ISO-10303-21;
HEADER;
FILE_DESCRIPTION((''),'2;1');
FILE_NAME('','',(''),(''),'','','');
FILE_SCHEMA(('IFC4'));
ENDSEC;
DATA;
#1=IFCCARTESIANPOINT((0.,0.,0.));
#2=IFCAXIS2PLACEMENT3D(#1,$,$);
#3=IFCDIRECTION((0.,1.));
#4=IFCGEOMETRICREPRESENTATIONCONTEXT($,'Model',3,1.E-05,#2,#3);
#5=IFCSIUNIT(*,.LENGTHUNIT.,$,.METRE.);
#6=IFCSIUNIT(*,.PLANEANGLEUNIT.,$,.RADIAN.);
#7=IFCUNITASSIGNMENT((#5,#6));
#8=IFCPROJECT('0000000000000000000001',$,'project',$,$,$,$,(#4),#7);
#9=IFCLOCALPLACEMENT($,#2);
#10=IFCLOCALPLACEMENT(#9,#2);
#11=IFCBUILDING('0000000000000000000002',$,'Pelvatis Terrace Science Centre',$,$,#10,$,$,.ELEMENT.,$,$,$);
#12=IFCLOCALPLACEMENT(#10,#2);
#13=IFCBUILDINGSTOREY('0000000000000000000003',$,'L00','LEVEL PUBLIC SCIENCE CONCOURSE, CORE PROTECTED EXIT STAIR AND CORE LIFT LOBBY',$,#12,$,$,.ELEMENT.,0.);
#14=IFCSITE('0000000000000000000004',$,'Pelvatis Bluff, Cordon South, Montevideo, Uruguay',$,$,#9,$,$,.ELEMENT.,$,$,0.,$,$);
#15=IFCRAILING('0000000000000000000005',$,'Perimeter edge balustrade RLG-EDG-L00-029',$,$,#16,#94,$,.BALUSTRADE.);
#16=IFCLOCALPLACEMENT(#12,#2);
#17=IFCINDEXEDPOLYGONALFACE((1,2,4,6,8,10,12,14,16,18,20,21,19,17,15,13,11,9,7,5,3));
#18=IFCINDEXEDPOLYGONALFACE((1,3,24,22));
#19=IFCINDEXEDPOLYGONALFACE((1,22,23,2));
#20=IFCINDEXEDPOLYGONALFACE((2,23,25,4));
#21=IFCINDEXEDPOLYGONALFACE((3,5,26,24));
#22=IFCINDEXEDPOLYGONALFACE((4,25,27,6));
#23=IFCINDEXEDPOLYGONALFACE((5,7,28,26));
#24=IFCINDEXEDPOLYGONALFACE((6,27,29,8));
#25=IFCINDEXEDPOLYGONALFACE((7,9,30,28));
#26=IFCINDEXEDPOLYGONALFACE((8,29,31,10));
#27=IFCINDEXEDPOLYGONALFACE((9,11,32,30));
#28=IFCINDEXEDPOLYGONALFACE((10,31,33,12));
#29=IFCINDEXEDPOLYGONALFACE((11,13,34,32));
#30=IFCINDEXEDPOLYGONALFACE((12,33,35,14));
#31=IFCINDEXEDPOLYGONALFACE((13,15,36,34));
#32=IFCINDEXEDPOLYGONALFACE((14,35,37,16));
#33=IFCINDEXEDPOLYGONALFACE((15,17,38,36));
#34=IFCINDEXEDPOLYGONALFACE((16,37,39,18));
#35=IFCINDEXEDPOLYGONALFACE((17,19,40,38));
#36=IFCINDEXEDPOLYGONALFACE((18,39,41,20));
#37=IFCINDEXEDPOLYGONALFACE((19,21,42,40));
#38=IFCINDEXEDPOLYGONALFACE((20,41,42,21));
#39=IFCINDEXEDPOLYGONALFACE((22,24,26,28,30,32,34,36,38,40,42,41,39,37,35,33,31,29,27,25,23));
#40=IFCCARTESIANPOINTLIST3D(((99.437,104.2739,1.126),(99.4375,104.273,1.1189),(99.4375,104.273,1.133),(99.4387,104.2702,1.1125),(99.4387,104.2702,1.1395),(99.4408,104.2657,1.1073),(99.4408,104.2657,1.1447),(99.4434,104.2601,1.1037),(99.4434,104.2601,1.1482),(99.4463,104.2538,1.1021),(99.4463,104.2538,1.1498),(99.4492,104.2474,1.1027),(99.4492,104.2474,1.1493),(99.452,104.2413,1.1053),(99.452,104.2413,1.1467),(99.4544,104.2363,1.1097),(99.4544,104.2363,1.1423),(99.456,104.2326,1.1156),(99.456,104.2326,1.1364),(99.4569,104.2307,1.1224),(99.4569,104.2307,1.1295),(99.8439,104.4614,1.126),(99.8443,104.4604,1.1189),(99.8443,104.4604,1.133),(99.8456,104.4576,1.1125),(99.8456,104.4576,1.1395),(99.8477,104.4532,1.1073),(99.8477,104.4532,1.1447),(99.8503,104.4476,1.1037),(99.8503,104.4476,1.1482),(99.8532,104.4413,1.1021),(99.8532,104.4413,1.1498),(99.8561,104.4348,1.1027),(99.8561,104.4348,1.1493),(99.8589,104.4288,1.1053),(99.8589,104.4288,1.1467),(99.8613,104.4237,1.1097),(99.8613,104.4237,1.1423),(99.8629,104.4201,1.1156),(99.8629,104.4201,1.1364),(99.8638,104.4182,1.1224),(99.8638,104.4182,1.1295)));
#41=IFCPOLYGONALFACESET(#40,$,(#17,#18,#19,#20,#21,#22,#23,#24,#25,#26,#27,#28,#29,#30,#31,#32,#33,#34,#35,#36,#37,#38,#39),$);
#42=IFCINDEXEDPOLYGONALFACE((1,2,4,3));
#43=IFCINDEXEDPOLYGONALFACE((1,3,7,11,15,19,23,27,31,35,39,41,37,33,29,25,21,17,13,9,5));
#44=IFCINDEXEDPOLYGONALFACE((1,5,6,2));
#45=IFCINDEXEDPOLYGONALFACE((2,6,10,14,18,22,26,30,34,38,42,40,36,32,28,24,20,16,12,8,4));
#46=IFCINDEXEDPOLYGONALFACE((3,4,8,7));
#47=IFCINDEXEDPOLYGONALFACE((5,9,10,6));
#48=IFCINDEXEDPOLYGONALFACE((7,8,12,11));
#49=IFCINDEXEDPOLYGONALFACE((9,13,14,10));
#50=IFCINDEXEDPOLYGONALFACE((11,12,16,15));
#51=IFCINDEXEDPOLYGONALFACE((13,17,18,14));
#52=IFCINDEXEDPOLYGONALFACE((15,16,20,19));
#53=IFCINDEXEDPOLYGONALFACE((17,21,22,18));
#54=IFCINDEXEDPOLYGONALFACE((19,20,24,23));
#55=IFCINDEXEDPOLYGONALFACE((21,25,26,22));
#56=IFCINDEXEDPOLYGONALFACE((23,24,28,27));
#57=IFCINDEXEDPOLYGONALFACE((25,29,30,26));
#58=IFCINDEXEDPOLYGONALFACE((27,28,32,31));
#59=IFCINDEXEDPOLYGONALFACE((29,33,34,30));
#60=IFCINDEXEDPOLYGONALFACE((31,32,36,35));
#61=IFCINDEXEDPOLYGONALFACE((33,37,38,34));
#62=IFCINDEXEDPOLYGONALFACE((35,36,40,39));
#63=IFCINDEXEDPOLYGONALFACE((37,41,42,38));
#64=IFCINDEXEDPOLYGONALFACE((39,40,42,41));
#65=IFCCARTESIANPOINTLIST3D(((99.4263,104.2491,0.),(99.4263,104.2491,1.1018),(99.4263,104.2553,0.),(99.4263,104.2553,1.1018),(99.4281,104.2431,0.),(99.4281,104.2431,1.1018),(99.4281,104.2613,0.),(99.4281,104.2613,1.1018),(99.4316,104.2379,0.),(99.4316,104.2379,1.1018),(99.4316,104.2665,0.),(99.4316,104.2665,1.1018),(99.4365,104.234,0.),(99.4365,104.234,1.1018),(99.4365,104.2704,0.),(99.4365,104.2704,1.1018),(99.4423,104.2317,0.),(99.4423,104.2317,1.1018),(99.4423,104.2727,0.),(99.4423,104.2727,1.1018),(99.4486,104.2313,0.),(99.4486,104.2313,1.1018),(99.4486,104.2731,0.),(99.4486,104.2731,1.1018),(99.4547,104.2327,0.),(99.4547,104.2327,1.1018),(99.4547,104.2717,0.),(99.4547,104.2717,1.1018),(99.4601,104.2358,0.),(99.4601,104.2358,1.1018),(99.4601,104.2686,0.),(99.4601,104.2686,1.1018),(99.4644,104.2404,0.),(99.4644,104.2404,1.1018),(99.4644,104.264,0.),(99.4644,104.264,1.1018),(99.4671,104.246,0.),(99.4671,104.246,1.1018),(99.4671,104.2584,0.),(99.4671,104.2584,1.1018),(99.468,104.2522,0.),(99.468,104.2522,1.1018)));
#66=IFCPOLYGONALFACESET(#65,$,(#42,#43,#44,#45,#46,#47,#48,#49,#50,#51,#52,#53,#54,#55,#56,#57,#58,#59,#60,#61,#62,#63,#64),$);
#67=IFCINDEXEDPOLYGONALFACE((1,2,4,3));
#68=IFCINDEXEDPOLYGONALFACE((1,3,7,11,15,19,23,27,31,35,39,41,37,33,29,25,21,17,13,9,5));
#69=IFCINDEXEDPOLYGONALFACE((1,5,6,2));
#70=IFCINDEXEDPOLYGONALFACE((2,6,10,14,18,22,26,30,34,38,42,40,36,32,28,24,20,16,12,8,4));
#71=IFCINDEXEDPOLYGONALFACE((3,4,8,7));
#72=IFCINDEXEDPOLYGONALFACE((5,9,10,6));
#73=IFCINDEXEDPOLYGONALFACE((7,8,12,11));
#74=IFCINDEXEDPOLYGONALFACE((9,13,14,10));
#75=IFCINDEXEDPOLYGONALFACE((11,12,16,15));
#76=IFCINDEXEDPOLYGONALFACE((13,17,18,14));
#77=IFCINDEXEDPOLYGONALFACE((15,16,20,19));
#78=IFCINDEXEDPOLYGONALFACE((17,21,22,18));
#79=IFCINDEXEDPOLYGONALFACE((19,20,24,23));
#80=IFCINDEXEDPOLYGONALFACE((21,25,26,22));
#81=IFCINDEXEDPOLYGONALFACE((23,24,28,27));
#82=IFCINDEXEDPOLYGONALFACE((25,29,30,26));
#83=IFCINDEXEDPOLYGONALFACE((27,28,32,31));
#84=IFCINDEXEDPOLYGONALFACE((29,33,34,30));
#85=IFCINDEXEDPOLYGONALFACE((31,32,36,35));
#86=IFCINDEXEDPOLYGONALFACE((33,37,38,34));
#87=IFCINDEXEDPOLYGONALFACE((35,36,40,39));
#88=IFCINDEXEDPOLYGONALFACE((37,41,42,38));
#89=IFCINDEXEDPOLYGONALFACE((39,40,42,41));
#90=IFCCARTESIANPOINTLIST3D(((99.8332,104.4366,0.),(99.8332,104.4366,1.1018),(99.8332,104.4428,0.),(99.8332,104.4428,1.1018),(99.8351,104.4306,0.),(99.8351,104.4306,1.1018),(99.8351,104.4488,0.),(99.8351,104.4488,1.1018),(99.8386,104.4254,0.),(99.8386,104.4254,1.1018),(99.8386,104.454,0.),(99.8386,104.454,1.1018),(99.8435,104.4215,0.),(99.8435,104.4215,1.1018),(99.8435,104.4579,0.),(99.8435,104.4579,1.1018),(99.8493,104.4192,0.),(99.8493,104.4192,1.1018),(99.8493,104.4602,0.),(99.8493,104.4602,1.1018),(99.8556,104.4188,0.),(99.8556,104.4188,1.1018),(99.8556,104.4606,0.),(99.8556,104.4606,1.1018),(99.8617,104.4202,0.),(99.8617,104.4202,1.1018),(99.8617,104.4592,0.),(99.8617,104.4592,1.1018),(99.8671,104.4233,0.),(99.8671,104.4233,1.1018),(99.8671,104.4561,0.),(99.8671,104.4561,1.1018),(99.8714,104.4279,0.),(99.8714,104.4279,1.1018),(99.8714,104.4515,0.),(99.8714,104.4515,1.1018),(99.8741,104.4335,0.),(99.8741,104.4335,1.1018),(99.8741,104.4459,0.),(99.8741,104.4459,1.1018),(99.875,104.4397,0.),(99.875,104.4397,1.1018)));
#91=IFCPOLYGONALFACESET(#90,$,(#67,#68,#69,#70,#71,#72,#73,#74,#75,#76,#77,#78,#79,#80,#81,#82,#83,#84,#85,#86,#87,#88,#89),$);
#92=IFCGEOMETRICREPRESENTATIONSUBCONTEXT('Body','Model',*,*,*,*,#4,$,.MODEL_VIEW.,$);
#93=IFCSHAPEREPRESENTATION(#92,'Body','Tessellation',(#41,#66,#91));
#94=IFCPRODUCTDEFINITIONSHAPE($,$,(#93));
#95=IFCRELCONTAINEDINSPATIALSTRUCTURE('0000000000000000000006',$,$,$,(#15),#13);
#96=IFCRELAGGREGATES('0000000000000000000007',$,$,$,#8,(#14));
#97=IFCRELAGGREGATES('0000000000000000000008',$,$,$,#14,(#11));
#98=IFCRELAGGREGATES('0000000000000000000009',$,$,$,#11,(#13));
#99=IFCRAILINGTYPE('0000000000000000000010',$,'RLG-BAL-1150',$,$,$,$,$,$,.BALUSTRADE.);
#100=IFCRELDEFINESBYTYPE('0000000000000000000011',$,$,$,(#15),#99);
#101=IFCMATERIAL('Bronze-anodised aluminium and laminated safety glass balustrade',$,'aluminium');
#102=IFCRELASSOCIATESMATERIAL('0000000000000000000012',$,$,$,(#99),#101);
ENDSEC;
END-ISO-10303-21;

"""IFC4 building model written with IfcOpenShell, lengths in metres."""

from ifc_helpers import new_model, si_unit, direction, frame, origin, origin_2d, place, context, subcontext, project, spatial, circle, extrude, material, type_object, element, save


model = new_model("IFC4")

# Units and contexts
model_context = context("Model", 3, precision=1e-05, world=origin(), true_north=direction((0.0, 1.0)))
body_context = subcontext(model_context, "Body", "Model", "MODEL_VIEW")
ifc_project = project(units=[si_unit("LENGTHUNIT", "METRE"), si_unit("PLANEANGLEUNIT", "RADIAN")], contexts=[model_context])

# Site, building, storey
site_placement = place(None, origin())
site = spatial("IfcSite", under=ifc_project, at=site_placement, Name="Pelvatis Bluff, Cordon South, Montevideo, Uruguay", CompositionType="ELEMENT", RefElevation=0.0)
building_placement = place(site_placement, origin())
building = spatial("IfcBuilding", under=site, at=building_placement, Name="Pelvatis Terrace Science Centre", CompositionType="ELEMENT")
storey_placement = place(building_placement, origin())
storey = spatial("IfcBuildingStorey", under=building, at=storey_placement, Name="L00", Description="LEVEL PUBLIC SCIENCE CONCOURSE, CORE PROTECTED EXIT STAIR AND CORE LIFT LOBBY", CompositionType="ELEMENT", Elevation=0.0)

# Railing
ifc_material_1 = material(Name="Bronze-anodised aluminium and laminated safety glass balustrade", Category="aluminium")
railing_type = type_object("IfcRailingType", Name="RLG-BAL-1150", PredefinedType="BALUSTRADE", material=ifc_material_1)
railing_placement = place(storey_placement, frame((99.447, 104.2522, 0.0)))
element("IfcRailing", 1, at=railing_placement, inside=storey, type_object=railing_type, Name="Perimeter edge balustrade RLG-EDG-L00-029", PredefinedType="BALUSTRADE", context=body_context, shape_type="SweptSolid", body=[
    extrude(circle(Radius=0.0239, at=origin_2d()), frame((0.0, 0.0, 1.126), z_axis=(0.908246, 0.418436, 0.0), x_axis=(-0.418436, 0.908246, 0.0)), (0.0, 0.0, 1.0), 0.448),
    extrude(circle(Radius=0.021, at=origin_2d()), origin(), (0.0, 0.0, 1.0), 1.1018),
    extrude(circle(Radius=0.021, at=origin_2d()), frame((0.407, 0.1875, 0.0)), (0.0, 0.0, 1.0), 1.1018),
])

save(model, "model.ifc")
